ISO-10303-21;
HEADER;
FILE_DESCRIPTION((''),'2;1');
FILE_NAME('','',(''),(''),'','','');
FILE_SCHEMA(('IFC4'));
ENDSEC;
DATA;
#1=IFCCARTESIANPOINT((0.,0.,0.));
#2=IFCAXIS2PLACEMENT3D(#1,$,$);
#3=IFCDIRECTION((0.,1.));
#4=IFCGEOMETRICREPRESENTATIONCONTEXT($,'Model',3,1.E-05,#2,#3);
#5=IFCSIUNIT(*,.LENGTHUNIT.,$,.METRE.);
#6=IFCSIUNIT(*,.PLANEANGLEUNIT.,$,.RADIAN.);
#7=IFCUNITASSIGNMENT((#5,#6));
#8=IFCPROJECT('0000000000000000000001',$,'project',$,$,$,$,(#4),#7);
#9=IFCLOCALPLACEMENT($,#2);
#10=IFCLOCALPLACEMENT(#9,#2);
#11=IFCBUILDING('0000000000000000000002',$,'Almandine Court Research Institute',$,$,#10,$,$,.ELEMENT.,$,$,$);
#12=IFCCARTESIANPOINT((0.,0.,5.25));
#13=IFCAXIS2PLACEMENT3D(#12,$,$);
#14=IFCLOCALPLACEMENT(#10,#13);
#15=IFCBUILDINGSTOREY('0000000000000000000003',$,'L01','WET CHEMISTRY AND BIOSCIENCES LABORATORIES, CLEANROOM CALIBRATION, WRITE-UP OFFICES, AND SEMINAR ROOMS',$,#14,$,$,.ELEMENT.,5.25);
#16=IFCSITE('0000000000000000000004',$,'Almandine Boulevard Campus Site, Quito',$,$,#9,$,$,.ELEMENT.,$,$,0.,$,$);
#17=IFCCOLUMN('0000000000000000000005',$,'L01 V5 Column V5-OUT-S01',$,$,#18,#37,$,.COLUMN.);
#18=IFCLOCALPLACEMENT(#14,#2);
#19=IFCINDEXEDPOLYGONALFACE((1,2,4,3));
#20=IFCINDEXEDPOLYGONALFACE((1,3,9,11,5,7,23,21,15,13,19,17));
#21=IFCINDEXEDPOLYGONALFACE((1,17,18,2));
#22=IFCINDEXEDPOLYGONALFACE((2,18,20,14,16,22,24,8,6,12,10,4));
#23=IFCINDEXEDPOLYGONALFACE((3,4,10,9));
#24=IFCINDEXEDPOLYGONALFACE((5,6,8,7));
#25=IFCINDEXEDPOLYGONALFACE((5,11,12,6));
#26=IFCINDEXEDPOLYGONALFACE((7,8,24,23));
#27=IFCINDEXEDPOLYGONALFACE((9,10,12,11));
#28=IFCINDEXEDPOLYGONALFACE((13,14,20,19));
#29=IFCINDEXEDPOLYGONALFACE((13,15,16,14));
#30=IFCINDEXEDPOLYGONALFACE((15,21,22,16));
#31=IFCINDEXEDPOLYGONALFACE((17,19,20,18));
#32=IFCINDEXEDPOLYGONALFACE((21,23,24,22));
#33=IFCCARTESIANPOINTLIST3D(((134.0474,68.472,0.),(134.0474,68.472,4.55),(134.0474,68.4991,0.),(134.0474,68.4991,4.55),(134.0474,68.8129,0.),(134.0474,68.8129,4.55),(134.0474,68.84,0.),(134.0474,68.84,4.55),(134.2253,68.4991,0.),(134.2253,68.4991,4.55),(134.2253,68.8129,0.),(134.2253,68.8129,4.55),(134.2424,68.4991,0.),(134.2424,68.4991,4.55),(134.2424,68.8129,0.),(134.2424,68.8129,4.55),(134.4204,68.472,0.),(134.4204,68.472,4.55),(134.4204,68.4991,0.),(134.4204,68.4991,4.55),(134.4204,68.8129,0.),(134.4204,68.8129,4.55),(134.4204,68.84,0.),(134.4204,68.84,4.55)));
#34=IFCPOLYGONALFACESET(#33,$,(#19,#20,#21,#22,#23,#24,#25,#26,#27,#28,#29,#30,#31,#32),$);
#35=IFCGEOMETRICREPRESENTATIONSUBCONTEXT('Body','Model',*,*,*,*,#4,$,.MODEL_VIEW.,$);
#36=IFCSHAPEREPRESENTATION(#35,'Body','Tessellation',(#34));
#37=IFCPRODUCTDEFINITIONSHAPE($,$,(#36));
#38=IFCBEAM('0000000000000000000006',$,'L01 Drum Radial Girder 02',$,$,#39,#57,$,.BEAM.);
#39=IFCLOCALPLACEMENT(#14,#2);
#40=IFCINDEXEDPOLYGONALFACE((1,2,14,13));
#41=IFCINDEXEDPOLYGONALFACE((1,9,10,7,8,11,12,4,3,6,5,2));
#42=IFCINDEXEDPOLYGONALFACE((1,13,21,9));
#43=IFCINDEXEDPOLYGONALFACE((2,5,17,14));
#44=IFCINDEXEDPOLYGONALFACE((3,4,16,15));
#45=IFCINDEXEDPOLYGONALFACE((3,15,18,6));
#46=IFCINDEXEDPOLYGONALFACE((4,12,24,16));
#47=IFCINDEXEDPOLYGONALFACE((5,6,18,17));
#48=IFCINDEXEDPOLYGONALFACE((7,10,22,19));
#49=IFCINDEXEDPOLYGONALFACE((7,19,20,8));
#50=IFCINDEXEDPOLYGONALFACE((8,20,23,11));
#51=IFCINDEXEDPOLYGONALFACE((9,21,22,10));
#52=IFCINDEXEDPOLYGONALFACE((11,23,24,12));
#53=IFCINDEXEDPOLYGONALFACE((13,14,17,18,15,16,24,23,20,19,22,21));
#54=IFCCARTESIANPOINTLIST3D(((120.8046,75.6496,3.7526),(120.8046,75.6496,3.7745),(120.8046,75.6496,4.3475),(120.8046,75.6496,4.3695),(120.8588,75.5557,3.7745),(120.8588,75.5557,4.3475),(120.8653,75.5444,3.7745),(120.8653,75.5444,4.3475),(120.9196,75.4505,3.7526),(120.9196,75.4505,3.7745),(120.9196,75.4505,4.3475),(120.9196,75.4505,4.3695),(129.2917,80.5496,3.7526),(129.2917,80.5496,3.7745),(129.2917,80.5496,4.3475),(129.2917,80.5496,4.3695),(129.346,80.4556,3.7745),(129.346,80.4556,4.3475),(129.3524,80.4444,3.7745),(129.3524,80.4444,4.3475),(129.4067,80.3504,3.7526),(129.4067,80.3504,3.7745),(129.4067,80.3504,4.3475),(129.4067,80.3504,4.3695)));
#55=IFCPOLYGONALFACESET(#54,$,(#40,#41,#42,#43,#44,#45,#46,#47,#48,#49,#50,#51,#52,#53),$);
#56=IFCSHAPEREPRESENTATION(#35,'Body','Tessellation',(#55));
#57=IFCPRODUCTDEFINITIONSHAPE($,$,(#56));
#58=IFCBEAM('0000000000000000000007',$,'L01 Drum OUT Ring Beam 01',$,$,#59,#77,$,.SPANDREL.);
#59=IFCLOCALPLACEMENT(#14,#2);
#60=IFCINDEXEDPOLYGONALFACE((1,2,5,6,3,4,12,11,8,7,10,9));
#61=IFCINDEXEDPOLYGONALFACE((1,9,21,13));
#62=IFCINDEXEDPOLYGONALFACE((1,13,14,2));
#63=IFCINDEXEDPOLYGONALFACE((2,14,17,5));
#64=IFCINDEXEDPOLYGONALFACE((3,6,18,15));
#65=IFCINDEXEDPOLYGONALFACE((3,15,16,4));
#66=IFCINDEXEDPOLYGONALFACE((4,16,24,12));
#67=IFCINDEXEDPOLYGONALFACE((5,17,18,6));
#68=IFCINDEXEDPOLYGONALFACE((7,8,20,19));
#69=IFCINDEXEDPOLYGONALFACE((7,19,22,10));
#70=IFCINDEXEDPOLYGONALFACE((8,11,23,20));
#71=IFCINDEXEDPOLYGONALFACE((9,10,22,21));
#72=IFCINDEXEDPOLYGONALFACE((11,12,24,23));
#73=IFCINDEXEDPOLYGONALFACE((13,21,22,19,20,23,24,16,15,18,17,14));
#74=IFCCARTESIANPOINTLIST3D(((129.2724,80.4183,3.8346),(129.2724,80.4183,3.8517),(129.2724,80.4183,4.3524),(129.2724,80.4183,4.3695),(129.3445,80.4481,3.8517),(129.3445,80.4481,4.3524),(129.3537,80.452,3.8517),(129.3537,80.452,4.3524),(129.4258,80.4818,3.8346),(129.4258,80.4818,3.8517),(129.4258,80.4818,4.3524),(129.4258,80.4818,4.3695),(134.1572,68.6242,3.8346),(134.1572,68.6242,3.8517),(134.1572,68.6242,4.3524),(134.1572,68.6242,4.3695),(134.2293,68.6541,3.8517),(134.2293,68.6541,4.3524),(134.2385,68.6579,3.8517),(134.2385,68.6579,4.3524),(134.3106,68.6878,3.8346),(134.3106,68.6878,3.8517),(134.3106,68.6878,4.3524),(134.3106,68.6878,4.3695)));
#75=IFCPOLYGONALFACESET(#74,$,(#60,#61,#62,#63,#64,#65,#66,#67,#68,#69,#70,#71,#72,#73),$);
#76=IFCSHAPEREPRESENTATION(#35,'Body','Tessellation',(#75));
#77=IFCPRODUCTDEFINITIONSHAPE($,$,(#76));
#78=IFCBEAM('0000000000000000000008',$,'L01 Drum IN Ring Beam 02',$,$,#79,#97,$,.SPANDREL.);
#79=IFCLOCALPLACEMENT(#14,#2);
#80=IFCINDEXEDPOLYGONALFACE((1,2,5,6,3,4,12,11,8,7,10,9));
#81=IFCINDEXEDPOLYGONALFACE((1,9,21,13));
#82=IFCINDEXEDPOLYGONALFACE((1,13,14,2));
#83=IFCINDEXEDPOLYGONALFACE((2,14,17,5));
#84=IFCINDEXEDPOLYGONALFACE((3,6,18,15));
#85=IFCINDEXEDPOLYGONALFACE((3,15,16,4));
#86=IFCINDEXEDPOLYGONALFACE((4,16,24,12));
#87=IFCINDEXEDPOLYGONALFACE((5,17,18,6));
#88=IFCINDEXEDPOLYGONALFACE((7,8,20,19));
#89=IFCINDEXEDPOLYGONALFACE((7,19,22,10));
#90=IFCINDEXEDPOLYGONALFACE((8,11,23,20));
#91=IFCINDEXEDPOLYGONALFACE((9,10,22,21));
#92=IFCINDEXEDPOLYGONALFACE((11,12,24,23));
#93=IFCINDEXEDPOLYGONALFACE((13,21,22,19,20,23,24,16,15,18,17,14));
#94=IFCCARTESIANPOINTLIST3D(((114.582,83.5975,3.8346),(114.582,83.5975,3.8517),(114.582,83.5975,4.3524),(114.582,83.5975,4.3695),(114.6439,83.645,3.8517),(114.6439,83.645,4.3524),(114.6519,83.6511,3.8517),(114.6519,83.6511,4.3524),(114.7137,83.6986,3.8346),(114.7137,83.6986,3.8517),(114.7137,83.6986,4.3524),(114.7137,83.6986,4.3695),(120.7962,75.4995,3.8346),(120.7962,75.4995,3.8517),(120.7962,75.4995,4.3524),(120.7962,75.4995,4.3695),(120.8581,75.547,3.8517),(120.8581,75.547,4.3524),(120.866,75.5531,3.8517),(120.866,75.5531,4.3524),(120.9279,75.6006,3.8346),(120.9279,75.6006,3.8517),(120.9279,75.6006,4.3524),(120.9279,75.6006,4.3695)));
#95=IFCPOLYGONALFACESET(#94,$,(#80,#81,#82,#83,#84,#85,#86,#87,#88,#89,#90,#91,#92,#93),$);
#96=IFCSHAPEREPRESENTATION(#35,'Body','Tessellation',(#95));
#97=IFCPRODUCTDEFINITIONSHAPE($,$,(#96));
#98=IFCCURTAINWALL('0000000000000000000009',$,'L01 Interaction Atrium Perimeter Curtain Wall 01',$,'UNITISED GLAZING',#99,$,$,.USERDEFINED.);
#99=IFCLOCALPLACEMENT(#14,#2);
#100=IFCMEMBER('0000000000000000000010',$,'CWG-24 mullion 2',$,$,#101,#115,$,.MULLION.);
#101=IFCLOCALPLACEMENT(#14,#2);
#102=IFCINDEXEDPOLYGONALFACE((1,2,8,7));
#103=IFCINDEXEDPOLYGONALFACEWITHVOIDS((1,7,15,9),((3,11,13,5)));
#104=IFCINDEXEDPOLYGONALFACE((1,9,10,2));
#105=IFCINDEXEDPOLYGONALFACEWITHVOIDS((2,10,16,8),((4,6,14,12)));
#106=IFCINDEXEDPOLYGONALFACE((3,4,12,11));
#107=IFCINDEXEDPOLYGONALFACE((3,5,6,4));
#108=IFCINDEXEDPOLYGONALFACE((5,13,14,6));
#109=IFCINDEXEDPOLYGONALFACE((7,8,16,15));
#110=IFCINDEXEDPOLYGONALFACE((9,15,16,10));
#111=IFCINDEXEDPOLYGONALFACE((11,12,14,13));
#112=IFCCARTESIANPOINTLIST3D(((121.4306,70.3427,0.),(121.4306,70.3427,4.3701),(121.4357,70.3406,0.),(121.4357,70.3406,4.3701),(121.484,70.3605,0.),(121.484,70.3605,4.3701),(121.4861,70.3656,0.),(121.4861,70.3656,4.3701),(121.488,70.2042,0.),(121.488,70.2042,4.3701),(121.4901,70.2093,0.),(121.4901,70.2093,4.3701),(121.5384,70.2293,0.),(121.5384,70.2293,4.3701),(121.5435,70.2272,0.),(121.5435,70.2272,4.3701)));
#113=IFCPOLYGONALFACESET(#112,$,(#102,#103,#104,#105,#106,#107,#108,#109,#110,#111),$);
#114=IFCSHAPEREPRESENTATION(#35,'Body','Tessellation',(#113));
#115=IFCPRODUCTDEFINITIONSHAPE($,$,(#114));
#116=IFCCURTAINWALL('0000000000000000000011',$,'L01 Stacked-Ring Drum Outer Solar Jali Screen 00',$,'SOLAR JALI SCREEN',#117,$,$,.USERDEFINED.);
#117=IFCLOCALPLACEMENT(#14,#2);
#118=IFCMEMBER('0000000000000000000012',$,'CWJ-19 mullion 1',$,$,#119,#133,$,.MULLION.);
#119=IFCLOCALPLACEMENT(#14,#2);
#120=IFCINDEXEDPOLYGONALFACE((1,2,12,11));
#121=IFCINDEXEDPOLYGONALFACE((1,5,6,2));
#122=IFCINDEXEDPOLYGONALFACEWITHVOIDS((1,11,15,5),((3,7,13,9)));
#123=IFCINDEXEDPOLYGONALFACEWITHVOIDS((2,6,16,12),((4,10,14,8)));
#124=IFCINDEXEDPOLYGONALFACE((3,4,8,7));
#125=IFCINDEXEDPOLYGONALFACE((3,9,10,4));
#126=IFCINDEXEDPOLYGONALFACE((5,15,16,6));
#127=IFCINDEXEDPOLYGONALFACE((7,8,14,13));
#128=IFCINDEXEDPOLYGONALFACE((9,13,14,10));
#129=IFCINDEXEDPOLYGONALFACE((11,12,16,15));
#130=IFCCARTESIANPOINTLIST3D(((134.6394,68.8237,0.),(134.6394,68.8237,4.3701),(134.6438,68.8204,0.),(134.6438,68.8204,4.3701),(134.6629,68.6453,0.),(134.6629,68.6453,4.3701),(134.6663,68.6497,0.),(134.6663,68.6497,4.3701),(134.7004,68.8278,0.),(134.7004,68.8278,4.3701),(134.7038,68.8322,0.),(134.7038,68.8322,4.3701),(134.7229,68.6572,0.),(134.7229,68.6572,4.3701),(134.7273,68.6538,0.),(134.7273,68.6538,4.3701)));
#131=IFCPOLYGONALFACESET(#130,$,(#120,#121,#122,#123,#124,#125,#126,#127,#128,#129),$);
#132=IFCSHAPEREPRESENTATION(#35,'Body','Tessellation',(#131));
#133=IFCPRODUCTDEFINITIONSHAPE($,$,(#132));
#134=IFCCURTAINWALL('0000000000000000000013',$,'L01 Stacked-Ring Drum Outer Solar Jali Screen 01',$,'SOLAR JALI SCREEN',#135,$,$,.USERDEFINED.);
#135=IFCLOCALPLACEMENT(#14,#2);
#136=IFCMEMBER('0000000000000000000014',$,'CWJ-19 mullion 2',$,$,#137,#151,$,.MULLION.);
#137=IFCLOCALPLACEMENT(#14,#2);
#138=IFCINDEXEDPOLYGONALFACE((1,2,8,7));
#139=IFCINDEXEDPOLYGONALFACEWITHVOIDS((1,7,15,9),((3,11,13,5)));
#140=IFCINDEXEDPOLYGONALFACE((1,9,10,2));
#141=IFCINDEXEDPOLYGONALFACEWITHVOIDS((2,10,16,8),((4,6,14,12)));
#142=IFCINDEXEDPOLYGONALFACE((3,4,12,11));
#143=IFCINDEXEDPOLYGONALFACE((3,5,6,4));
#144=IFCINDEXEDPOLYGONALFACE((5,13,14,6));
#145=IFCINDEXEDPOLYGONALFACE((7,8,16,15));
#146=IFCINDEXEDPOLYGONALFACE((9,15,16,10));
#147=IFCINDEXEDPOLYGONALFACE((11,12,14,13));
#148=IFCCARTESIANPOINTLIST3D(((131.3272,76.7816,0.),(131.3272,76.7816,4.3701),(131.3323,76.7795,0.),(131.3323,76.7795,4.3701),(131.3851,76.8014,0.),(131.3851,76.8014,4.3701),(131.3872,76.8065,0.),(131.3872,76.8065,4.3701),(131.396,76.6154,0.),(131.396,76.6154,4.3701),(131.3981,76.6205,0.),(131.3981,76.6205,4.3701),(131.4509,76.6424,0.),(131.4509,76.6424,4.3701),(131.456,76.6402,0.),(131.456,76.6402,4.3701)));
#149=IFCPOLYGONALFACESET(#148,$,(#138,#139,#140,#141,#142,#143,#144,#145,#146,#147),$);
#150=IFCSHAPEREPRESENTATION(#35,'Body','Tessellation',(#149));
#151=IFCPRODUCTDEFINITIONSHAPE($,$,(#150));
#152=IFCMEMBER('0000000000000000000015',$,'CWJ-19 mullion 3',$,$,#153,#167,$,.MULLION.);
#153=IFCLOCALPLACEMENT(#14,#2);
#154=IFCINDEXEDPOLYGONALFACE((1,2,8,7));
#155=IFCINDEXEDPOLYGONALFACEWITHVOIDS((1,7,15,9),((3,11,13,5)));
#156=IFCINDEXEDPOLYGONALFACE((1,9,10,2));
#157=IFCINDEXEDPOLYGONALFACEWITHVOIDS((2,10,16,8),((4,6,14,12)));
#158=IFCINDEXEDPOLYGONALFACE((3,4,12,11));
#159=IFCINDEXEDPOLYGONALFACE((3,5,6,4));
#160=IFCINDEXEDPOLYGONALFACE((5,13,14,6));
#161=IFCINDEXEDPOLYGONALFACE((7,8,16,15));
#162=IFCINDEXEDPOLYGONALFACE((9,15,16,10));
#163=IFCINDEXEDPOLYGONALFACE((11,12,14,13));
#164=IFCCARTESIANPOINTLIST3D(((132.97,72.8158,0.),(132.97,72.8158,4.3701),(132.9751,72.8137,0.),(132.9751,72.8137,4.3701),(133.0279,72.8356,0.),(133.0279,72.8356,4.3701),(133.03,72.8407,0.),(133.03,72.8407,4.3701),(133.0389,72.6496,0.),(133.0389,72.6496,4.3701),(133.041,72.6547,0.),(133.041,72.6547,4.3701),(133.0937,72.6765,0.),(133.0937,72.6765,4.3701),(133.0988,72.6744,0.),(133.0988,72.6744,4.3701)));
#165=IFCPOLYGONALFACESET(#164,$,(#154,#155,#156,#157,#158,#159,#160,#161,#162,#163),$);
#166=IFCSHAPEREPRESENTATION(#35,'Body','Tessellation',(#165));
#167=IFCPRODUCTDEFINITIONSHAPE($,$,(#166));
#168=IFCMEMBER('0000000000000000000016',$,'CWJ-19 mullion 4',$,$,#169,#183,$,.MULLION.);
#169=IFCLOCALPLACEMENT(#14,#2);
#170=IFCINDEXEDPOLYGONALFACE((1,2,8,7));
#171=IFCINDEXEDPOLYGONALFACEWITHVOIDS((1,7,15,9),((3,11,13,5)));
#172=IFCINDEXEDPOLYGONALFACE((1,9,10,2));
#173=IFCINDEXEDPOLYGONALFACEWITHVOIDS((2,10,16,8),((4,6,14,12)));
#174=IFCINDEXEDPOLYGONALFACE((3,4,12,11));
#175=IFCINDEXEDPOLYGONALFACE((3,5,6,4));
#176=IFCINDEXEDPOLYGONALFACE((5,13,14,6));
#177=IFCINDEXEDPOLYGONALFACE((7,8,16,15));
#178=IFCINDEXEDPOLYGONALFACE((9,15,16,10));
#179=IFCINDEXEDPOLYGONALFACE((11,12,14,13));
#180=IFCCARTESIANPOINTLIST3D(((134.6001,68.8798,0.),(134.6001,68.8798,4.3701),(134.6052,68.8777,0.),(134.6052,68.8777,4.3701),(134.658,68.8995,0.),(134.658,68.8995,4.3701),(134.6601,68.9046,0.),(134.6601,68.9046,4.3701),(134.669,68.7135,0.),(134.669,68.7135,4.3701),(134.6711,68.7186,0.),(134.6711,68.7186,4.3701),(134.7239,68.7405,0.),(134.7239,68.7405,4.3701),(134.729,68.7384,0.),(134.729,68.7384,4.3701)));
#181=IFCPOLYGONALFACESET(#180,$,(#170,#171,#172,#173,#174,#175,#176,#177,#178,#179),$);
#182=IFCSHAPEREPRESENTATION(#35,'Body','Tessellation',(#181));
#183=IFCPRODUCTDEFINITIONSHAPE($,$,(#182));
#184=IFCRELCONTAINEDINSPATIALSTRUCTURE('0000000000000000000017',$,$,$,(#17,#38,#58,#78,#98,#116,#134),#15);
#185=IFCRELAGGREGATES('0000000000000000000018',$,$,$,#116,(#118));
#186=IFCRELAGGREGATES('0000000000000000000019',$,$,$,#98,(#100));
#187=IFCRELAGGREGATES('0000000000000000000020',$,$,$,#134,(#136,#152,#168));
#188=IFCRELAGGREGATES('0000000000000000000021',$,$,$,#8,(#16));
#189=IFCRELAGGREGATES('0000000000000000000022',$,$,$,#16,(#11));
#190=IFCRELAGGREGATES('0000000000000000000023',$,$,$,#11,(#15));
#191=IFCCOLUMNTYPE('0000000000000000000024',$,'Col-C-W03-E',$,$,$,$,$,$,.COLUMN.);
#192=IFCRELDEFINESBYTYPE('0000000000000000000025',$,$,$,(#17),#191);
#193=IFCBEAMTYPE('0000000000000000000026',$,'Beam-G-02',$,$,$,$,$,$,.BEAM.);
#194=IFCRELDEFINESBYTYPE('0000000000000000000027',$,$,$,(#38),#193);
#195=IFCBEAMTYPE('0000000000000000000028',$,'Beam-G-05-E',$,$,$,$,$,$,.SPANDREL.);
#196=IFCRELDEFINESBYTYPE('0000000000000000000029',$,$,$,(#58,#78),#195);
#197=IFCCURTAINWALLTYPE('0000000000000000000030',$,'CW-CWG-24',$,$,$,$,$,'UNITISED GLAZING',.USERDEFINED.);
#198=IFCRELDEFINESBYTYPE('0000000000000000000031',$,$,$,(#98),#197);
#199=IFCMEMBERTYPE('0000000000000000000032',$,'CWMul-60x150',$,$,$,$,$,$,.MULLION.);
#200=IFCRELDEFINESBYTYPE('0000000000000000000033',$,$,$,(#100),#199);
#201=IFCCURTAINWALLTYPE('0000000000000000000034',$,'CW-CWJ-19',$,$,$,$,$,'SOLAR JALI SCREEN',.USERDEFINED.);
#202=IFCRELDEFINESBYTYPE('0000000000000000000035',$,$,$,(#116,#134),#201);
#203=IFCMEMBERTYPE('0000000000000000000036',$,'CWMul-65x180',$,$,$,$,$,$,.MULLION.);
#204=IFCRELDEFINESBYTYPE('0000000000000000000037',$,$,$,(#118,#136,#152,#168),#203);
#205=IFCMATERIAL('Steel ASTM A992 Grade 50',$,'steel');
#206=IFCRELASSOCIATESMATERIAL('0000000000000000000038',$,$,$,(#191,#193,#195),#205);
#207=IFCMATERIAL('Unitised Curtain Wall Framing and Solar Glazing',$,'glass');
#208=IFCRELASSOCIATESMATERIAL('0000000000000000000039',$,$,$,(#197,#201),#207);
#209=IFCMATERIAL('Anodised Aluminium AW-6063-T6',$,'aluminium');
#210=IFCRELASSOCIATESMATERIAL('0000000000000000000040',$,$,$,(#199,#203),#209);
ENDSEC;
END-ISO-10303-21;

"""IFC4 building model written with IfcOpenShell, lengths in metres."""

from ifc_helpers import new_model, si_unit, direction, frame, origin, origin_2d, place, context, subcontext, project, spatial, hollow_rectangle, i_section, extrude, material, material_profile, profile_set, type_object, element, aggregate, save


model = new_model("IFC4")

# Units and contexts
model_context = context("Model", 3, precision=1e-05, world=origin(), true_north=direction((0.0, 1.0)))
body_context = subcontext(model_context, "Body", "Model", "MODEL_VIEW")
ifc_project = project(units=[si_unit("LENGTHUNIT", "METRE"), si_unit("PLANEANGLEUNIT", "RADIAN")], contexts=[model_context])

# Site, building, storey
site_placement = place(None, origin())
site = spatial("IfcSite", under=ifc_project, at=site_placement, Name="Almandine Boulevard Campus Site, Quito", CompositionType="ELEMENT", RefElevation=0.0)
building_placement = place(site_placement, origin())
building = spatial("IfcBuilding", under=site, at=building_placement, Name="Almandine Court Research Institute", CompositionType="ELEMENT")
storey_placement = place(building_placement, frame((0.0, 0.0, 5.25)))
storey = spatial("IfcBuildingStorey", under=building, at=storey_placement, Name="L01", Description="WET CHEMISTRY AND BIOSCIENCES LABORATORIES, CLEANROOM CALIBRATION, WRITE-UP OFFICES, AND SEMINAR ROOMS", CompositionType="ELEMENT", Elevation=5.25)

# Column
ifc_material_1 = material(Name="Steel ASTM A992 Grade 50", Category="steel")
ifc_material_profile_1 = material_profile(ifc_material_1, i_section(OverallWidth=0.373, OverallDepth=0.3679, WebThickness=0.0171, FlangeThickness=0.0271, at=origin_2d()), Name="W360x179")
ifc_profile_set_1 = profile_set([ifc_material_profile_1], Name="Steel ASTM A992 Grade 50")
column_type = type_object("IfcColumnType", Name="Col-C-W03-E", PredefinedType="COLUMN", material=ifc_profile_set_1)
column_placement = place(storey_placement, frame((134.2339, 68.656, 0.0), z_axis=(0.0, 0.0, 1.0), x_axis=(1.0, 0.0, 0.0)))
element("IfcColumn", 1, at=column_placement, inside=storey, type_object=column_type, Name="L01 V5 Column V5-OUT-S01", PredefinedType="COLUMN", context=body_context, shape_type="SweptSolid", body=[
    extrude(i_section(OverallWidth=0.373, OverallDepth=0.3679, WebThickness=0.0171, FlangeThickness=0.0271, at=origin_2d()), origin(), (0.0, 0.0, 1.0), 4.55),
])

# Beams
ifc_material_profile_2 = material_profile(ifc_material_1, i_section(OverallWidth=0.23, OverallDepth=0.6169, WebThickness=0.0129, FlangeThickness=0.022, at=origin_2d()), Name="W610x140")
ifc_profile_set_2 = profile_set([ifc_material_profile_2], Name="Steel ASTM A992 Grade 50")
beam_type_1 = type_object("IfcBeamType", Name="Beam-G-02", PredefinedType="BEAM", material=ifc_profile_set_2)
beam_1_placement = place(storey_placement, frame((120.8621, 75.55, 4.061), z_axis=(0.86603, 0.499992, 0.0), x_axis=(-0.499992, 0.86603, 0.0)))
element("IfcBeam", 2, at=beam_1_placement, inside=storey, type_object=beam_type_1, Name="L01 Drum Radial Girder 02", PredefinedType="BEAM", context=body_context, shape_type="SweptSolid", body=[
    extrude(i_section(OverallWidth=0.23, OverallDepth=0.6169, WebThickness=0.0129, FlangeThickness=0.022, at=origin_2d()), origin(), (0.0, 0.0, 1.0), 9.8),
])
ifc_material_profile_3 = material_profile(ifc_material_1, i_section(OverallWidth=0.166, OverallDepth=0.5349, WebThickness=0.01, FlangeThickness=0.0171, at=origin_2d()), Name="W530x85")
ifc_profile_set_3 = profile_set([ifc_material_profile_3], Name="Steel ASTM A992 Grade 50")
beam_type_2 = type_object("IfcBeamType", Name="Beam-G-05-E", PredefinedType="SPANDREL", material=ifc_profile_set_3)
beam_2_placement = place(storey_placement, frame((134.2339, 68.656, 4.1021), z_axis=(-0.382654, 0.923892, 0.0), x_axis=(-0.923892, -0.382654, 0.0)))
element("IfcBeam", 3, at=beam_2_placement, inside=storey, type_object=beam_type_2, Name="L01 Drum OUT Ring Beam 01", PredefinedType="SPANDREL", context=body_context, shape_type="SweptSolid", body=[
    extrude(i_section(OverallWidth=0.166, OverallDepth=0.5349, WebThickness=0.01, FlangeThickness=0.0171, at=origin_2d()), origin(), (0.0, 0.0, 1.0), 12.7656),
])
beam_3_placement = place(storey_placement, frame((120.8621, 75.55, 4.1021), z_axis=(-0.608784, 0.793336, 0.0), x_axis=(-0.793336, -0.608784, 0.0)))
element("IfcBeam", 4, at=beam_3_placement, inside=storey, type_object=beam_type_2, Name="L01 Drum IN Ring Beam 02", PredefinedType="SPANDREL", context=body_context, shape_type="SweptSolid", body=[
    extrude(i_section(OverallWidth=0.166, OverallDepth=0.5349, WebThickness=0.01, FlangeThickness=0.0171, at=origin_2d()), origin(), (0.0, 0.0, 1.0), 10.2075),
])

# Curtain walls, members
ifc_material_2 = material(Name="Unitised Curtain Wall Framing and Solar Glazing", Category="glass")
curtain_wall_type_1 = type_object("IfcCurtainWallType", Name="CW-CWG-24", ElementType="UNITISED GLAZING", PredefinedType="USERDEFINED", material=ifc_material_2)
curtain_wall_1_placement = place(storey_placement, origin())
curtain_wall_1 = element("IfcCurtainWall", 5, at=curtain_wall_1_placement, inside=storey, type_object=curtain_wall_type_1, Name="L01 Interaction Atrium Perimeter Curtain Wall 01", ObjectType="UNITISED GLAZING", PredefinedType="USERDEFINED")
ifc_material_3 = material(Name="Anodised Aluminium AW-6063-T6", Category="aluminium")
ifc_material_profile_4 = material_profile(ifc_material_3, hollow_rectangle(XDim=0.0601, YDim=0.1499, WallThickness=0.0039, at=origin_2d()), Name="ALU RHS 60x150x4")
ifc_profile_set_4 = profile_set([ifc_material_profile_4], Name="Anodised Aluminium AW-6063-T6")
member_type_1 = type_object("IfcMemberType", Name="CWMul-60x150", PredefinedType="MULLION", material=ifc_profile_set_4)
member_1_placement = place(storey_placement, frame((121.4871, 70.2849, 0.0), z_axis=(0.0, 0.0, 1.0), x_axis=(0.9239, 0.382634, 0.0)))
member_1 = element("IfcMember", 6, at=member_1_placement, type_object=member_type_1, Name="CWG-24 mullion 2", PredefinedType="MULLION", context=body_context, shape_type="SweptSolid", body=[
    extrude(hollow_rectangle(XDim=0.0601, YDim=0.1499, WallThickness=0.0039, at=origin_2d()), origin(), (0.0, 0.0, 1.0), 4.3701),
])
curtain_wall_type_2 = type_object("IfcCurtainWallType", Name="CW-CWJ-19", ElementType="SOLAR JALI SCREEN", PredefinedType="USERDEFINED", material=ifc_material_2)
curtain_wall_2_placement = place(storey_placement, origin())
curtain_wall_2 = element("IfcCurtainWall", 7, at=curtain_wall_2_placement, inside=storey, type_object=curtain_wall_type_2, Name="L01 Stacked-Ring Drum Outer Solar Jali Screen 00", ObjectType="SOLAR JALI SCREEN", PredefinedType="USERDEFINED")
ifc_material_profile_5 = material_profile(ifc_material_3, hollow_rectangle(XDim=0.0649, YDim=0.1799, WallThickness=0.0039, at=origin_2d()), Name="ALU RHS 65x180x4")
ifc_profile_set_5 = profile_set([ifc_material_profile_5], Name="Anodised Aluminium AW-6063-T6")
member_type_2 = type_object("IfcMemberType", Name="CWMul-65x180", PredefinedType="MULLION", material=ifc_profile_set_5)
member_2_placement = place(storey_placement, frame((134.6833, 68.7388, 0.0), z_axis=(0.0, 0.0, 1.0), x_axis=(0.991443, 0.130541, 0.0)))
member_2 = element("IfcMember", 8, at=member_2_placement, type_object=member_type_2, Name="CWJ-19 mullion 1", PredefinedType="MULLION", context=body_context, shape_type="SweptSolid", body=[
    extrude(hollow_rectangle(XDim=0.0649, YDim=0.1799, WallThickness=0.0039, at=origin_2d()), origin(), (0.0, 0.0, 1.0), 4.3701),
])

# Curtain wall, members
curtain_wall_3_placement = place(storey_placement, origin())
curtain_wall_3 = element("IfcCurtainWall", 9, at=curtain_wall_3_placement, inside=storey, type_object=curtain_wall_type_2, Name="L01 Stacked-Ring Drum Outer Solar Jali Screen 01", ObjectType="SOLAR JALI SCREEN", PredefinedType="USERDEFINED")
member_3_placement = place(storey_placement, frame((131.3916, 76.7109, 0.0), z_axis=(0.0, 0.0, 1.0), x_axis=(0.923888, 0.382663, 0.0)))
member_3 = element("IfcMember", 10, at=member_3_placement, type_object=member_type_2, Name="CWJ-19 mullion 2", PredefinedType="MULLION", context=body_context, shape_type="SweptSolid", body=[
    extrude(hollow_rectangle(XDim=0.0649, YDim=0.1799, WallThickness=0.0039, at=origin_2d()), origin(), (0.0, 0.0, 1.0), 4.3701),
])
member_4_placement = place(storey_placement, frame((133.0344, 72.7451, 0.0), z_axis=(0.0, 0.0, 1.0), x_axis=(0.923888, 0.382663, 0.0)))
member_4 = element("IfcMember", 11, at=member_4_placement, type_object=member_type_2, Name="CWJ-19 mullion 3", PredefinedType="MULLION", context=body_context, shape_type="SweptSolid", body=[
    extrude(hollow_rectangle(XDim=0.0649, YDim=0.1799, WallThickness=0.0039, at=origin_2d()), origin(), (0.0, 0.0, 1.0), 4.3701),
])
member_5_placement = place(storey_placement, frame((134.6646, 68.8091, 0.0), z_axis=(0.0, 0.0, 1.0), x_axis=(0.923888, 0.382663, 0.0)))
member_5 = element("IfcMember", 12, at=member_5_placement, type_object=member_type_2, Name="CWJ-19 mullion 4", PredefinedType="MULLION", context=body_context, shape_type="SweptSolid", body=[
    extrude(hollow_rectangle(XDim=0.0649, YDim=0.1799, WallThickness=0.0039, at=origin_2d()), origin(), (0.0, 0.0, 1.0), 4.3701),
])

aggregate(curtain_wall_2, [member_2])

aggregate(curtain_wall_1, [member_1])
aggregate(curtain_wall_3, [member_3, member_4, member_5])

save(model, "model.ifc")
